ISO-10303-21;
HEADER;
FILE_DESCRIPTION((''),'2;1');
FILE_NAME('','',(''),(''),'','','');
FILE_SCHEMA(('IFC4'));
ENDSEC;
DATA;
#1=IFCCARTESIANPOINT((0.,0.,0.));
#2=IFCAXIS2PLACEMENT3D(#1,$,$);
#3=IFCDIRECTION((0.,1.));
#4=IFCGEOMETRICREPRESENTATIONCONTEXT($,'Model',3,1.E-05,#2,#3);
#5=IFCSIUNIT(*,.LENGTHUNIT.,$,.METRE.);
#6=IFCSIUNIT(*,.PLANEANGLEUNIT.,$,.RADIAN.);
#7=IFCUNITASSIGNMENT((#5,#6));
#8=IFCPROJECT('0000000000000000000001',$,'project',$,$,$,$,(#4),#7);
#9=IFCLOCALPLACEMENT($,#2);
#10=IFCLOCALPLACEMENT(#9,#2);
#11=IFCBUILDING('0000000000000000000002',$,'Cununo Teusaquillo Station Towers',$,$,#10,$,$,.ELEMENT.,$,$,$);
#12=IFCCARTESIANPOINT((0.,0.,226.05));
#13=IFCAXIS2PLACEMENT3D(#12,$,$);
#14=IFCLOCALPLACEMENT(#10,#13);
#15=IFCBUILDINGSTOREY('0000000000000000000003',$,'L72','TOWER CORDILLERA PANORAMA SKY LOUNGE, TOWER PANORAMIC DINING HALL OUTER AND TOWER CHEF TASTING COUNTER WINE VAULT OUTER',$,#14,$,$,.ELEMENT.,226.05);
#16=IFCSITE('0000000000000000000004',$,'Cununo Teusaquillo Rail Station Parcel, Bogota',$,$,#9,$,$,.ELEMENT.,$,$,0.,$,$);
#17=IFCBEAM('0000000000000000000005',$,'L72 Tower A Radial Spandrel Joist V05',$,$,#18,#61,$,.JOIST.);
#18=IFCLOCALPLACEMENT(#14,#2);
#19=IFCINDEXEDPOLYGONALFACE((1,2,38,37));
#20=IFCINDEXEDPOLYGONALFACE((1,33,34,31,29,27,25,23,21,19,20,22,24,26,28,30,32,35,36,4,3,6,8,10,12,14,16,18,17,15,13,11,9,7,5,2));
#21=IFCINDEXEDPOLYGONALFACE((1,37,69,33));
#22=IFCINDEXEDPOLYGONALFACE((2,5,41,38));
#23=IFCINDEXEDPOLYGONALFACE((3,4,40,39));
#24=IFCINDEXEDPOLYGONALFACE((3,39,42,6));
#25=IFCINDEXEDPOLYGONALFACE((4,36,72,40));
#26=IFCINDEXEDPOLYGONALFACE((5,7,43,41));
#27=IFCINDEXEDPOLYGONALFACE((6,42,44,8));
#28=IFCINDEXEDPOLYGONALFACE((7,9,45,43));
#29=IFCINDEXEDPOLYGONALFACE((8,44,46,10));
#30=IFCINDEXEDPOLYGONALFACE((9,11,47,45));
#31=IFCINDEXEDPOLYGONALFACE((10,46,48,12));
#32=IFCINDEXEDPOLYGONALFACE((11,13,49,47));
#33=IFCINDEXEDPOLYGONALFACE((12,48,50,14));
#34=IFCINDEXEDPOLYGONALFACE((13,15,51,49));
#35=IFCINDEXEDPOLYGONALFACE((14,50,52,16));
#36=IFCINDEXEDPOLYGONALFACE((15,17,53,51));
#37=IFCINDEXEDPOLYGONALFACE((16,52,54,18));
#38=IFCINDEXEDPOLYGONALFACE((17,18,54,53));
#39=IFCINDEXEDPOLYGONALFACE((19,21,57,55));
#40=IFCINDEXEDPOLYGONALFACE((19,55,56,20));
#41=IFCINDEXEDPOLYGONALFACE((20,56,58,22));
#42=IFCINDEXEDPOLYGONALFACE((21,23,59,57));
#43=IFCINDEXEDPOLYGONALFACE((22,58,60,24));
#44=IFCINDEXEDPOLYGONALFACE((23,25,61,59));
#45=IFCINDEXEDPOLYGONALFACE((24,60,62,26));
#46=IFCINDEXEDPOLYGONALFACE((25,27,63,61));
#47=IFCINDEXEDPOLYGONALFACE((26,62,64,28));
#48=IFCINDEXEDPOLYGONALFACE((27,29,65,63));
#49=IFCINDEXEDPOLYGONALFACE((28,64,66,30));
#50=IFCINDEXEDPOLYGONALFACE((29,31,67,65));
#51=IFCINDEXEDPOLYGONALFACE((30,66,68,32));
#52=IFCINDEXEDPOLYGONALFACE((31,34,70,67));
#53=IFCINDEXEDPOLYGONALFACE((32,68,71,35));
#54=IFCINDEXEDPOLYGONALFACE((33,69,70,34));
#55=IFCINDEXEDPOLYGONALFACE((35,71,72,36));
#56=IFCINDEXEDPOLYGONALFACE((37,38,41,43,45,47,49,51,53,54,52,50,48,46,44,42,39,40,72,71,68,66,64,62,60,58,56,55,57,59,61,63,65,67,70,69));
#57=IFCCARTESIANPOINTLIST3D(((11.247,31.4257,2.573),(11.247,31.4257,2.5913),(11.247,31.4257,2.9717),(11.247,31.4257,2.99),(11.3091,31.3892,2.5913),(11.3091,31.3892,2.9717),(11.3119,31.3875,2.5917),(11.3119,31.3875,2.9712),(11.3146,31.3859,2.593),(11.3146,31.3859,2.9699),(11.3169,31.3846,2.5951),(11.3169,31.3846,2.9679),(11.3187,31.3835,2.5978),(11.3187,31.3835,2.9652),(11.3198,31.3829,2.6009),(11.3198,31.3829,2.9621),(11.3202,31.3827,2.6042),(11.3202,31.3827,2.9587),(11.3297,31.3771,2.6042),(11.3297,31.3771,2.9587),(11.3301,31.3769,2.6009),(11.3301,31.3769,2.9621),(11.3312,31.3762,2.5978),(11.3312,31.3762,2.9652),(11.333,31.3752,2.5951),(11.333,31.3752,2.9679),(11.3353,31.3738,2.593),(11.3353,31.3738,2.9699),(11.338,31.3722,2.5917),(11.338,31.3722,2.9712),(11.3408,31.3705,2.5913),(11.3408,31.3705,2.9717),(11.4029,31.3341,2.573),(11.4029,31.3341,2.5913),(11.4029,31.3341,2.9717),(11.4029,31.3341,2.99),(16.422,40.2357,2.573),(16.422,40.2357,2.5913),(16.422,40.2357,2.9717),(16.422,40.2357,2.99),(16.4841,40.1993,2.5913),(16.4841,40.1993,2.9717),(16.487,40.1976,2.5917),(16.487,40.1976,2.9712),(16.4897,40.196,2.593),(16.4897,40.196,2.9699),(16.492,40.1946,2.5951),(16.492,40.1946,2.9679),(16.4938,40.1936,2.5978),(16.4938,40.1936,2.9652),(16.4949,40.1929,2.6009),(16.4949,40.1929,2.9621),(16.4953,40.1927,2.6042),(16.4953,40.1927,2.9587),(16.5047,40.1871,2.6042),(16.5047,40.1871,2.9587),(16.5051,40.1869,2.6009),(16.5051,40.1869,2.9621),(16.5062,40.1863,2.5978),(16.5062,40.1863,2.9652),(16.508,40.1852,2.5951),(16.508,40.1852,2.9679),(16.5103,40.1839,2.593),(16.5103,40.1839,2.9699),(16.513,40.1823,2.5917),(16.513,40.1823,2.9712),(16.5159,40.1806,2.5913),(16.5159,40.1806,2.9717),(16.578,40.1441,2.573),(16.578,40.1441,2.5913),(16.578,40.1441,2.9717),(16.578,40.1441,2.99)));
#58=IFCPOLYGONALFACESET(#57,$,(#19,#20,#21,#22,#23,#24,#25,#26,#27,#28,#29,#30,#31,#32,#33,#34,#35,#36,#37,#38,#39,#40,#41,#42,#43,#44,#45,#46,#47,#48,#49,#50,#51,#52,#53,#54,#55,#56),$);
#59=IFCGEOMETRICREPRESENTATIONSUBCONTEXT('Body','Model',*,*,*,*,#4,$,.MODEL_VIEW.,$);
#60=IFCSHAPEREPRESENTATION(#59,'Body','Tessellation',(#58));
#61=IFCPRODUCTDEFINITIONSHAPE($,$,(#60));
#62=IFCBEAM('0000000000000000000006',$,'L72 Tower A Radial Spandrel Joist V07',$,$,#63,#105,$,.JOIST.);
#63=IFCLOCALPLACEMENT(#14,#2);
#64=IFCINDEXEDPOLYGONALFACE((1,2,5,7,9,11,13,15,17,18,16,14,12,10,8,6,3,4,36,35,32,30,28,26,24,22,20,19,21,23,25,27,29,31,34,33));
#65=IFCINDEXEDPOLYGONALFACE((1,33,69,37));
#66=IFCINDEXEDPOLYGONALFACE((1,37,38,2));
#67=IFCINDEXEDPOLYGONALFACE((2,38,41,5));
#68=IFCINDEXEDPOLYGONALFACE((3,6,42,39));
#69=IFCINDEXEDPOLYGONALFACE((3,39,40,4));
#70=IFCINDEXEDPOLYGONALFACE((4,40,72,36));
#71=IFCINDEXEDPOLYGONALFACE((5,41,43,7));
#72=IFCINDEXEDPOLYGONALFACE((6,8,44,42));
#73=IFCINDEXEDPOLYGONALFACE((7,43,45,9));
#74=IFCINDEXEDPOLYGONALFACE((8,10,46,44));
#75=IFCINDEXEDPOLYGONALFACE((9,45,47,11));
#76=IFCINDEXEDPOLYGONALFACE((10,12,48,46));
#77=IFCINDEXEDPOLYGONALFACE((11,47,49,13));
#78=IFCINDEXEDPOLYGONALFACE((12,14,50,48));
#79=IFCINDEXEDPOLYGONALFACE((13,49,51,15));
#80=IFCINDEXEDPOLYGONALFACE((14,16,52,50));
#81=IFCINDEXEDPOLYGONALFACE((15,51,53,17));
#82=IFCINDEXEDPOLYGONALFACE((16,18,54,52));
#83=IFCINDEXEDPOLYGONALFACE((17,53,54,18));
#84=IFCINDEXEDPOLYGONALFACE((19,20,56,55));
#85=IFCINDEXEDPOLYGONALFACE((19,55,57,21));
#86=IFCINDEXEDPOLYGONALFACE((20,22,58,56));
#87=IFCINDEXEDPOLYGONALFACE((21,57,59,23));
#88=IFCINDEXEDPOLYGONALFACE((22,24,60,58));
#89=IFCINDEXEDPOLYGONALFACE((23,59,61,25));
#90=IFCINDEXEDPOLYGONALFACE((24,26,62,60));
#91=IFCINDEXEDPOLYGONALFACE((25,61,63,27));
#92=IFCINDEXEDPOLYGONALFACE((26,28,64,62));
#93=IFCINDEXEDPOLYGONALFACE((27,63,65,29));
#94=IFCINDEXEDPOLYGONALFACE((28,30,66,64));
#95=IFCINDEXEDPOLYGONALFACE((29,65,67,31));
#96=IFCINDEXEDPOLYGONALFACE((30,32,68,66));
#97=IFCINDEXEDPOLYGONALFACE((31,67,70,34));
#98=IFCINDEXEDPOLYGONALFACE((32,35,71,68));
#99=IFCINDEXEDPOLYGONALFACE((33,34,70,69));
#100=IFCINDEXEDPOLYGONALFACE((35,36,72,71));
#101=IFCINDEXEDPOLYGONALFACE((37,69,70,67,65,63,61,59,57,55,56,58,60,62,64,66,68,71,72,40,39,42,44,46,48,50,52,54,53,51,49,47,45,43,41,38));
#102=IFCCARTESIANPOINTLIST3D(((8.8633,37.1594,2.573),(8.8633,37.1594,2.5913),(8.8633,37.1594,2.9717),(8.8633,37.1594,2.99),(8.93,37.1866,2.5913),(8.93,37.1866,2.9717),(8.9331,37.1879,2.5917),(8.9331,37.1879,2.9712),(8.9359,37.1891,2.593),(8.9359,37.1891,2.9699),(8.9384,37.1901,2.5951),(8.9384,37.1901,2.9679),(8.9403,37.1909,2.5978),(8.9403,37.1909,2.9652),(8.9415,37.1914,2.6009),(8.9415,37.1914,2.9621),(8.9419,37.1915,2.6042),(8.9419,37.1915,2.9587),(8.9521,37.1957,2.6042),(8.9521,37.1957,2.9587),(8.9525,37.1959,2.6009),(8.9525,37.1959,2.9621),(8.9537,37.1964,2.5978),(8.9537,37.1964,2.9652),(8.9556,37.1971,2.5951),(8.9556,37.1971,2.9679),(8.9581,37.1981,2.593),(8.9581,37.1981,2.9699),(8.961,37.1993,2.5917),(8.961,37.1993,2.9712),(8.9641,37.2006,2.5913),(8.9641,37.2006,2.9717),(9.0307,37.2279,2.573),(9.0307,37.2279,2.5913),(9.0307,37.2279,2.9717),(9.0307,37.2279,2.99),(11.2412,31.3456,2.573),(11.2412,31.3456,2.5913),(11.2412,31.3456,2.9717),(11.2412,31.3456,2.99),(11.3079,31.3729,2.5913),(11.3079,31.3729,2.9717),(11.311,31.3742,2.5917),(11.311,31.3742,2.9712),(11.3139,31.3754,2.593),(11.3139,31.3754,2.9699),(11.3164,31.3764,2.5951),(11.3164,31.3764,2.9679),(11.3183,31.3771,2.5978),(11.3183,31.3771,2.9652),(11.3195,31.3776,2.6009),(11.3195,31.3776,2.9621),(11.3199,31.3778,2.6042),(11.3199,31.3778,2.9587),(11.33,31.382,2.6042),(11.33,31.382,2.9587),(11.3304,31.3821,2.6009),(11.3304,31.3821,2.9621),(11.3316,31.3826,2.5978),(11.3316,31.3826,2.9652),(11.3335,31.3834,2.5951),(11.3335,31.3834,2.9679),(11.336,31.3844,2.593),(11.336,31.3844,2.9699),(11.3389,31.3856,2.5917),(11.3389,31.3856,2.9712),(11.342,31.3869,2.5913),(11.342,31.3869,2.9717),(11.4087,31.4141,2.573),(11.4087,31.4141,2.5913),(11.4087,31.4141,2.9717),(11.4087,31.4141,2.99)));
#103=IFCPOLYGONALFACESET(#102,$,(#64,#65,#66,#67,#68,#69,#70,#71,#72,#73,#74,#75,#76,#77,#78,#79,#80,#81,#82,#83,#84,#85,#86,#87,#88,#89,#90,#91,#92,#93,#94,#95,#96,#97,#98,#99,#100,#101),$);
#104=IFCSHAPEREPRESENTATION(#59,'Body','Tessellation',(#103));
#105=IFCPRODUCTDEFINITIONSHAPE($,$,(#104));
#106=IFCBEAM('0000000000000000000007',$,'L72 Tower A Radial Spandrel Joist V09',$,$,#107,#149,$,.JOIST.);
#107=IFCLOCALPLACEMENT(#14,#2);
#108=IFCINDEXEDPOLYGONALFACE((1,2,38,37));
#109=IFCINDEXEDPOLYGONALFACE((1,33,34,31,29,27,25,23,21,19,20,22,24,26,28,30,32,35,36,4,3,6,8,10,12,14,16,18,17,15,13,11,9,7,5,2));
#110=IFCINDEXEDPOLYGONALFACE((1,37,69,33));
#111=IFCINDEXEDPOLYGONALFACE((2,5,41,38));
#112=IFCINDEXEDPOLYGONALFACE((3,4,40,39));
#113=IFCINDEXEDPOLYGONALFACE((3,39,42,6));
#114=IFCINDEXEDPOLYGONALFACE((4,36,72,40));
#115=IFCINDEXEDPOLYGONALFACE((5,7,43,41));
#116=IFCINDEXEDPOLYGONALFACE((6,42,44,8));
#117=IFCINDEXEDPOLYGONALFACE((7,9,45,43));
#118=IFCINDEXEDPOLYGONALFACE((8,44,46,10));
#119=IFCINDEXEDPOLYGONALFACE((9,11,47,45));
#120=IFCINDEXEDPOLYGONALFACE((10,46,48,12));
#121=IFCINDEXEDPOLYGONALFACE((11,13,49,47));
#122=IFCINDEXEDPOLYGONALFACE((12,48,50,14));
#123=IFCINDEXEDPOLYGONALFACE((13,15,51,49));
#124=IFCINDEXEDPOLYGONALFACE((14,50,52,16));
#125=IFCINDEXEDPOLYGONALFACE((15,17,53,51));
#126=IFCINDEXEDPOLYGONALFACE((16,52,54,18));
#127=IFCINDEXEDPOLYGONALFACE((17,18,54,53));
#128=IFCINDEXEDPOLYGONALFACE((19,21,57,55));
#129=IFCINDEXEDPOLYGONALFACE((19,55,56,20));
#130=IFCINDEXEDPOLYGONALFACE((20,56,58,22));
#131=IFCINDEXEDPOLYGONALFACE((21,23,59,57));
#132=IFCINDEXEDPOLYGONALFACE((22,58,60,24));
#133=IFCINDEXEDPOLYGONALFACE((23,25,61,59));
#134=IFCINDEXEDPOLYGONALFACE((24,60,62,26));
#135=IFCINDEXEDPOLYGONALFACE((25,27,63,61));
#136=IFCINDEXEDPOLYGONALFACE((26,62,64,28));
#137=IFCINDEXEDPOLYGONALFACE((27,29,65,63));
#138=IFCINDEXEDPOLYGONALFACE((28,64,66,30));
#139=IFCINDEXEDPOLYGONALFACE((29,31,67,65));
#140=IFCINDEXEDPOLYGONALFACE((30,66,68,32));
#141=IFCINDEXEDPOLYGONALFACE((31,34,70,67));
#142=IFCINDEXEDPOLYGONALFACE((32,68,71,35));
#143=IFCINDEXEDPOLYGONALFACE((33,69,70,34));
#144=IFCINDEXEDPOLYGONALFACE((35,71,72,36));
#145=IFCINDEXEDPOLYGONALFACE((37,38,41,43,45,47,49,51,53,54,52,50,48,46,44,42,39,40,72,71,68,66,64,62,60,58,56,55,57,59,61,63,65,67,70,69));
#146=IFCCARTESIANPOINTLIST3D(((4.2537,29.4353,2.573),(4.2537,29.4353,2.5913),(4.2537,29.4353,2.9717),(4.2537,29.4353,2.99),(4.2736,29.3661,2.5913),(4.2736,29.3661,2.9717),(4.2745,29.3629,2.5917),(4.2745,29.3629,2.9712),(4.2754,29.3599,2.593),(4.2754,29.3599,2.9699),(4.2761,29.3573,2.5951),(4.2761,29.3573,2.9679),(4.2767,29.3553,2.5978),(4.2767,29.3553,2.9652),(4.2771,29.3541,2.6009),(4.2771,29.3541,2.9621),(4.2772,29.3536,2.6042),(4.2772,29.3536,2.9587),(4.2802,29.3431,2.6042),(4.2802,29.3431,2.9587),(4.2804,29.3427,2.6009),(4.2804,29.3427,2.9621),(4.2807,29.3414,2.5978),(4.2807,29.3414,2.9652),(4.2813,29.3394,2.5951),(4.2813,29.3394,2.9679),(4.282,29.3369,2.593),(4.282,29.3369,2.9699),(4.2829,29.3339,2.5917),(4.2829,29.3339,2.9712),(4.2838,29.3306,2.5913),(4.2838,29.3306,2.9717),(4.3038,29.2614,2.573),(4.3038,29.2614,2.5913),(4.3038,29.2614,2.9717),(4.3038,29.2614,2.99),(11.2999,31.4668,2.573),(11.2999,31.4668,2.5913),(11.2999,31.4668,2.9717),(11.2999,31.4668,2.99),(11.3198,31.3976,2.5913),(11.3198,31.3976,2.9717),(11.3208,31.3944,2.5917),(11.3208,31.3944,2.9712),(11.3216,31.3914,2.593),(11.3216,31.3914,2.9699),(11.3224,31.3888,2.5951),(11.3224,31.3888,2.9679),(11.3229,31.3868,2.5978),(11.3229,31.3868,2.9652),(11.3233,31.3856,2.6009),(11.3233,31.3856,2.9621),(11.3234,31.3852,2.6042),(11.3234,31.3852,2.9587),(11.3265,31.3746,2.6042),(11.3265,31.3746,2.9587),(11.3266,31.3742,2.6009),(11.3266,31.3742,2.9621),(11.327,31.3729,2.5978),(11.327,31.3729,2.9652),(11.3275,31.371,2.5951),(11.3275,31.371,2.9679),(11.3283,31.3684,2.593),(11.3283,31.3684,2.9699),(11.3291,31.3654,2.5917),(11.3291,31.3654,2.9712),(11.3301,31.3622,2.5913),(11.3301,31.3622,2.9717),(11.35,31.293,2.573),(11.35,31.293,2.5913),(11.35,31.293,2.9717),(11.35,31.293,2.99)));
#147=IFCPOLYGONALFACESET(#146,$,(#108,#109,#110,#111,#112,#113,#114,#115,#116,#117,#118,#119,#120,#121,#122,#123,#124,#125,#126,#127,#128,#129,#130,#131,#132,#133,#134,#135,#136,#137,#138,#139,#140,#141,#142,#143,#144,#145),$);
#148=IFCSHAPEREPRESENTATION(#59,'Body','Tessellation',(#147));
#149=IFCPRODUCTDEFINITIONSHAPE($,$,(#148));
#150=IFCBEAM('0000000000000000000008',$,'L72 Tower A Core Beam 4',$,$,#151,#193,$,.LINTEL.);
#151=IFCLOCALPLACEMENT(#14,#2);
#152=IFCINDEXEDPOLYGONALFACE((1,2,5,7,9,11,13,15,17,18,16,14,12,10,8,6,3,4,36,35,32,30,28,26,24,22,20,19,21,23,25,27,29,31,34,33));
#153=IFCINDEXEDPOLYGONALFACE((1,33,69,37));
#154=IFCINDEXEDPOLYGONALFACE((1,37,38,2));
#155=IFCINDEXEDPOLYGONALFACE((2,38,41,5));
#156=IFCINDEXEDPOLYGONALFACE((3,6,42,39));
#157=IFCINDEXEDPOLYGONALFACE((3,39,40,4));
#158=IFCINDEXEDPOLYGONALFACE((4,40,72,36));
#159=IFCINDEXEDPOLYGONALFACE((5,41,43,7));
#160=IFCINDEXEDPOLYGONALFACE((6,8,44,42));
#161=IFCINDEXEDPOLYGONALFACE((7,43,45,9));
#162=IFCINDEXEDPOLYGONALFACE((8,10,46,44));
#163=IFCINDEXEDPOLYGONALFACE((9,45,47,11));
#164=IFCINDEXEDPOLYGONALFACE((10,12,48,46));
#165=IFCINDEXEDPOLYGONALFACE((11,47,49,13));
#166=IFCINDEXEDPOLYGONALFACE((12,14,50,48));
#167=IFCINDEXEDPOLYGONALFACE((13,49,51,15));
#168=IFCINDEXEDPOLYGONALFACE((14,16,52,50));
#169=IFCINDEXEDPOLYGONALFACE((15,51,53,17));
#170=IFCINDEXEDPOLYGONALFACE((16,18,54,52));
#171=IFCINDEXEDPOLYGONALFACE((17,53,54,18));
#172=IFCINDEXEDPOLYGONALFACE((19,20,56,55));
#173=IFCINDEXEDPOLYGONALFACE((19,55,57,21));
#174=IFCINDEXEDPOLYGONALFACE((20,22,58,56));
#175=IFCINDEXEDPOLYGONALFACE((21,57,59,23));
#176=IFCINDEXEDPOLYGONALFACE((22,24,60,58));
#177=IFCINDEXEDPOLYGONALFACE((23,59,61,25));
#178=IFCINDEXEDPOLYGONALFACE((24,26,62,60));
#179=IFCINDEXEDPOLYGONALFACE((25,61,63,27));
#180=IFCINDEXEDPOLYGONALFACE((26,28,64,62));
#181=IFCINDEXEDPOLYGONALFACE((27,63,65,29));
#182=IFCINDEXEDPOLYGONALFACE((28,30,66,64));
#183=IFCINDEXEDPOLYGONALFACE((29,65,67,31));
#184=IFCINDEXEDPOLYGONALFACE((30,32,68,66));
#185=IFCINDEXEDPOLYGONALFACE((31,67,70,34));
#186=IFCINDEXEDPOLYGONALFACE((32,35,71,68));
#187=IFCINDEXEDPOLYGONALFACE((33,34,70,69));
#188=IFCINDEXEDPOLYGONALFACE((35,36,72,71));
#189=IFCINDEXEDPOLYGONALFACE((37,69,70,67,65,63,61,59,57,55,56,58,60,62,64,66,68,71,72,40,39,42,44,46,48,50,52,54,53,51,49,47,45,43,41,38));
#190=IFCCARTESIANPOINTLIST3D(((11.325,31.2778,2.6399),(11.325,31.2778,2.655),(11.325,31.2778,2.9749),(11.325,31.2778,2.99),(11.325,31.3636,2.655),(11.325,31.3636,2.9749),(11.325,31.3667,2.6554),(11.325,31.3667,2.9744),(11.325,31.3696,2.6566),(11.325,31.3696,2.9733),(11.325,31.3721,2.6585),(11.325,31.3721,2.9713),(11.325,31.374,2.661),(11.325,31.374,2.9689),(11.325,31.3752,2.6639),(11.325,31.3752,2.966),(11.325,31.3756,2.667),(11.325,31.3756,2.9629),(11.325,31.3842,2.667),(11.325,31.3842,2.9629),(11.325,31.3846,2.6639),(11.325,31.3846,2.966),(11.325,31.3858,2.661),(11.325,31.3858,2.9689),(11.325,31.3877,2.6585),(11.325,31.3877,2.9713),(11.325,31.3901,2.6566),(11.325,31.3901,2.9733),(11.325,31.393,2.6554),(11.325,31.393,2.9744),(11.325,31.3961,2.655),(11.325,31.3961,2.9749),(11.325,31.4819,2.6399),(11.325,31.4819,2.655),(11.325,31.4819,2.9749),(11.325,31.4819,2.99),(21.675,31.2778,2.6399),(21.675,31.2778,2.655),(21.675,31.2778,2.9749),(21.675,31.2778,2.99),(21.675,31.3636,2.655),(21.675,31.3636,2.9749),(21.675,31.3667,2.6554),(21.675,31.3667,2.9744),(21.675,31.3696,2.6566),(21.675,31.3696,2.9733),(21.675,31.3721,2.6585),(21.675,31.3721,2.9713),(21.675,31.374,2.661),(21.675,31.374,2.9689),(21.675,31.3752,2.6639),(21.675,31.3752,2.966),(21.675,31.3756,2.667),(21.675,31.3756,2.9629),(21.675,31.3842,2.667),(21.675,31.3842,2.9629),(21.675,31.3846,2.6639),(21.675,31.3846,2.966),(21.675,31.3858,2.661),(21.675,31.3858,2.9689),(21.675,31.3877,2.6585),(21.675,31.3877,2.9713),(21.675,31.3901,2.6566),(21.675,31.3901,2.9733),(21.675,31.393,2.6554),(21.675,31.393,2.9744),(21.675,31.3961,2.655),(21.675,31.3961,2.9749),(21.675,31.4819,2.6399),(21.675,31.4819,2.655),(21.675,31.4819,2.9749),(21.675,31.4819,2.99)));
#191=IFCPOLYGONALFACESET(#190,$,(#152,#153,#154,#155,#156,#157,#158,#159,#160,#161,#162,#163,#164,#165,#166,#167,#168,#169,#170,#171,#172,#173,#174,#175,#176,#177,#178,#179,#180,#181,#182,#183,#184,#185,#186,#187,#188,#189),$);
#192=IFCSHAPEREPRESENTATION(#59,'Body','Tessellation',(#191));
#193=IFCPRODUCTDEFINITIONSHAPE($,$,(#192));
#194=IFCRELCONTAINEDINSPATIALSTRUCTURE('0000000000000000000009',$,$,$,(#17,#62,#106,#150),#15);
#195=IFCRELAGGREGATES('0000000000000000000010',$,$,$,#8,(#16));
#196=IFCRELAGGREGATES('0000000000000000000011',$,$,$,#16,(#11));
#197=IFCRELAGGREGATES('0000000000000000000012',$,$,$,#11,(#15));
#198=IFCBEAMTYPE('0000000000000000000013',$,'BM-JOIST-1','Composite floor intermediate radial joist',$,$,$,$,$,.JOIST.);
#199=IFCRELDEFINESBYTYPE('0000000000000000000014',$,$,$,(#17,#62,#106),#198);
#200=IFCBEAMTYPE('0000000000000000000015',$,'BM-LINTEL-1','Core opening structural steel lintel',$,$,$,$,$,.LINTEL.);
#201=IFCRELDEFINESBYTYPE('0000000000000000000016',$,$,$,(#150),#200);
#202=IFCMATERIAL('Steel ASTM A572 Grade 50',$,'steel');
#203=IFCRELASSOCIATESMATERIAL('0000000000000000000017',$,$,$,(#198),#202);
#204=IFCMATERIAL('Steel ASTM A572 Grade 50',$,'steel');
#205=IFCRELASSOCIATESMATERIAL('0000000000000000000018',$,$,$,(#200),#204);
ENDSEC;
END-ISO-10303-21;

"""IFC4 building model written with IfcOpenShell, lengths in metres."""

from ifc_helpers import new_model, si_unit, direction, frame, origin, origin_2d, place, context, subcontext, project, spatial, i_section, extrude, material, material_profile, profile_set, type_object, element, save


model = new_model("IFC4")

# Units and contexts
model_context = context("Model", 3, precision=1e-05, world=origin(), true_north=direction((0.0, 1.0)))
body_context = subcontext(model_context, "Body", "Model", "MODEL_VIEW")
ifc_project = project(units=[si_unit("LENGTHUNIT", "METRE"), si_unit("PLANEANGLEUNIT", "RADIAN")], contexts=[model_context])

# Site, building, storey
site_placement = place(None, origin())
site = spatial("IfcSite", under=ifc_project, at=site_placement, Name="Cununo Teusaquillo Rail Station Parcel, Bogota", CompositionType="ELEMENT", RefElevation=0.0)
building_placement = place(site_placement, origin())
building = spatial("IfcBuilding", under=site, at=building_placement, Name="Cununo Teusaquillo Station Towers", CompositionType="ELEMENT")
storey_placement = place(building_placement, frame((0.0, 0.0, 226.05)))
storey = spatial("IfcBuildingStorey", under=building, at=storey_placement, Name="L72", Description="TOWER CORDILLERA PANORAMA SKY LOUNGE, TOWER PANORAMIC DINING HALL OUTER AND TOWER CHEF TASTING COUNTER WINE VAULT OUTER", CompositionType="ELEMENT", Elevation=226.05)

# Beams
ifc_material_1 = material(Name="Steel ASTM A572 Grade 50", Category="steel")
ifc_material_profile_1 = material_profile(ifc_material_1, i_section(OverallWidth=0.1809, OverallDepth=0.417, WebThickness=0.011, FlangeThickness=0.0183, FilletRadius=0.0129, at=origin_2d()), Name="W16X57")
ifc_profile_set_1 = profile_set([ifc_material_profile_1], Name="Steel ASTM A572 Grade 50")
beam_type_1 = type_object("IfcBeamType", Name="BM-JOIST-1", Description="Composite floor intermediate radial joist", PredefinedType="JOIST", material=ifc_profile_set_1)
beam_1_placement = place(storey_placement, frame((11.325, 31.3799, 2.7815), z_axis=(0.506486, 0.862248, 0.0), x_axis=(-0.862248, 0.506486, 0.0)))
element("IfcBeam", 1, at=beam_1_placement, inside=storey, type_object=beam_type_1, Name="L72 Tower A Radial Spandrel Joist V05", PredefinedType="JOIST", context=body_context, shape_type="SweptSolid", body=[
    extrude(i_section(OverallWidth=0.1809, OverallDepth=0.417, WebThickness=0.011, FlangeThickness=0.0183, FilletRadius=0.0129, at=origin_2d()), origin(), (0.0, 0.0, 1.0), 10.2175),
])
beam_2_placement = place(storey_placement, frame((11.325, 31.3799, 2.7815), z_axis=(-0.378577, 0.92557, 0.0), x_axis=(-0.92557, -0.378577, 0.0)))
element("IfcBeam", 2, at=beam_2_placement, inside=storey, type_object=beam_type_1, Name="L72 Tower A Radial Spandrel Joist V07", PredefinedType="JOIST", context=body_context, shape_type="SweptSolid", body=[
    extrude(i_section(OverallWidth=0.1809, OverallDepth=0.417, WebThickness=0.011, FlangeThickness=0.0183, FilletRadius=0.0129, at=origin_2d()), origin(), (0.0, 0.0, 1.0), 6.2812),
])
beam_3_placement = place(storey_placement, frame((11.325, 31.3799, 2.7815), z_axis=(-0.960862, -0.277029, 0.0), x_axis=(0.277029, -0.960862, 0.0)))
element("IfcBeam", 3, at=beam_3_placement, inside=storey, type_object=beam_type_1, Name="L72 Tower A Radial Spandrel Joist V09", PredefinedType="JOIST", context=body_context, shape_type="SweptSolid", body=[
    extrude(i_section(OverallWidth=0.1809, OverallDepth=0.417, WebThickness=0.011, FlangeThickness=0.0183, FilletRadius=0.0129, at=origin_2d()), origin(), (0.0, 0.0, 1.0), 7.3333),
])
ifc_material_2 = material(Name="Steel ASTM A572 Grade 50", Category="steel")
ifc_material_profile_2 = material_profile(ifc_material_2, i_section(OverallWidth=0.2041, OverallDepth=0.3501, WebThickness=0.0085, FlangeThickness=0.0151, FilletRadius=0.012, at=origin_2d()), Name="W14X48")
ifc_profile_set_2 = profile_set([ifc_material_profile_2], Name="Steel ASTM A572 Grade 50")
beam_type_2 = type_object("IfcBeamType", Name="BM-LINTEL-1", Description="Core opening structural steel lintel", PredefinedType="LINTEL", material=ifc_profile_set_2)
beam_4_placement = place(storey_placement, frame((11.325, 31.3799, 2.8149), z_axis=(1.0, 0.0, 0.0), x_axis=(0.0, 1.0, 0.0)))
element("IfcBeam", 4, at=beam_4_placement, inside=storey, type_object=beam_type_2, Name="L72 Tower A Core Beam 4", PredefinedType="LINTEL", context=body_context, shape_type="SweptSolid", body=[
    extrude(i_section(OverallWidth=0.2041, OverallDepth=0.3501, WebThickness=0.0085, FlangeThickness=0.0151, FilletRadius=0.012, at=origin_2d()), origin(), (0.0, 0.0, 1.0), 10.3501),
])

save(model, "model.ifc")
